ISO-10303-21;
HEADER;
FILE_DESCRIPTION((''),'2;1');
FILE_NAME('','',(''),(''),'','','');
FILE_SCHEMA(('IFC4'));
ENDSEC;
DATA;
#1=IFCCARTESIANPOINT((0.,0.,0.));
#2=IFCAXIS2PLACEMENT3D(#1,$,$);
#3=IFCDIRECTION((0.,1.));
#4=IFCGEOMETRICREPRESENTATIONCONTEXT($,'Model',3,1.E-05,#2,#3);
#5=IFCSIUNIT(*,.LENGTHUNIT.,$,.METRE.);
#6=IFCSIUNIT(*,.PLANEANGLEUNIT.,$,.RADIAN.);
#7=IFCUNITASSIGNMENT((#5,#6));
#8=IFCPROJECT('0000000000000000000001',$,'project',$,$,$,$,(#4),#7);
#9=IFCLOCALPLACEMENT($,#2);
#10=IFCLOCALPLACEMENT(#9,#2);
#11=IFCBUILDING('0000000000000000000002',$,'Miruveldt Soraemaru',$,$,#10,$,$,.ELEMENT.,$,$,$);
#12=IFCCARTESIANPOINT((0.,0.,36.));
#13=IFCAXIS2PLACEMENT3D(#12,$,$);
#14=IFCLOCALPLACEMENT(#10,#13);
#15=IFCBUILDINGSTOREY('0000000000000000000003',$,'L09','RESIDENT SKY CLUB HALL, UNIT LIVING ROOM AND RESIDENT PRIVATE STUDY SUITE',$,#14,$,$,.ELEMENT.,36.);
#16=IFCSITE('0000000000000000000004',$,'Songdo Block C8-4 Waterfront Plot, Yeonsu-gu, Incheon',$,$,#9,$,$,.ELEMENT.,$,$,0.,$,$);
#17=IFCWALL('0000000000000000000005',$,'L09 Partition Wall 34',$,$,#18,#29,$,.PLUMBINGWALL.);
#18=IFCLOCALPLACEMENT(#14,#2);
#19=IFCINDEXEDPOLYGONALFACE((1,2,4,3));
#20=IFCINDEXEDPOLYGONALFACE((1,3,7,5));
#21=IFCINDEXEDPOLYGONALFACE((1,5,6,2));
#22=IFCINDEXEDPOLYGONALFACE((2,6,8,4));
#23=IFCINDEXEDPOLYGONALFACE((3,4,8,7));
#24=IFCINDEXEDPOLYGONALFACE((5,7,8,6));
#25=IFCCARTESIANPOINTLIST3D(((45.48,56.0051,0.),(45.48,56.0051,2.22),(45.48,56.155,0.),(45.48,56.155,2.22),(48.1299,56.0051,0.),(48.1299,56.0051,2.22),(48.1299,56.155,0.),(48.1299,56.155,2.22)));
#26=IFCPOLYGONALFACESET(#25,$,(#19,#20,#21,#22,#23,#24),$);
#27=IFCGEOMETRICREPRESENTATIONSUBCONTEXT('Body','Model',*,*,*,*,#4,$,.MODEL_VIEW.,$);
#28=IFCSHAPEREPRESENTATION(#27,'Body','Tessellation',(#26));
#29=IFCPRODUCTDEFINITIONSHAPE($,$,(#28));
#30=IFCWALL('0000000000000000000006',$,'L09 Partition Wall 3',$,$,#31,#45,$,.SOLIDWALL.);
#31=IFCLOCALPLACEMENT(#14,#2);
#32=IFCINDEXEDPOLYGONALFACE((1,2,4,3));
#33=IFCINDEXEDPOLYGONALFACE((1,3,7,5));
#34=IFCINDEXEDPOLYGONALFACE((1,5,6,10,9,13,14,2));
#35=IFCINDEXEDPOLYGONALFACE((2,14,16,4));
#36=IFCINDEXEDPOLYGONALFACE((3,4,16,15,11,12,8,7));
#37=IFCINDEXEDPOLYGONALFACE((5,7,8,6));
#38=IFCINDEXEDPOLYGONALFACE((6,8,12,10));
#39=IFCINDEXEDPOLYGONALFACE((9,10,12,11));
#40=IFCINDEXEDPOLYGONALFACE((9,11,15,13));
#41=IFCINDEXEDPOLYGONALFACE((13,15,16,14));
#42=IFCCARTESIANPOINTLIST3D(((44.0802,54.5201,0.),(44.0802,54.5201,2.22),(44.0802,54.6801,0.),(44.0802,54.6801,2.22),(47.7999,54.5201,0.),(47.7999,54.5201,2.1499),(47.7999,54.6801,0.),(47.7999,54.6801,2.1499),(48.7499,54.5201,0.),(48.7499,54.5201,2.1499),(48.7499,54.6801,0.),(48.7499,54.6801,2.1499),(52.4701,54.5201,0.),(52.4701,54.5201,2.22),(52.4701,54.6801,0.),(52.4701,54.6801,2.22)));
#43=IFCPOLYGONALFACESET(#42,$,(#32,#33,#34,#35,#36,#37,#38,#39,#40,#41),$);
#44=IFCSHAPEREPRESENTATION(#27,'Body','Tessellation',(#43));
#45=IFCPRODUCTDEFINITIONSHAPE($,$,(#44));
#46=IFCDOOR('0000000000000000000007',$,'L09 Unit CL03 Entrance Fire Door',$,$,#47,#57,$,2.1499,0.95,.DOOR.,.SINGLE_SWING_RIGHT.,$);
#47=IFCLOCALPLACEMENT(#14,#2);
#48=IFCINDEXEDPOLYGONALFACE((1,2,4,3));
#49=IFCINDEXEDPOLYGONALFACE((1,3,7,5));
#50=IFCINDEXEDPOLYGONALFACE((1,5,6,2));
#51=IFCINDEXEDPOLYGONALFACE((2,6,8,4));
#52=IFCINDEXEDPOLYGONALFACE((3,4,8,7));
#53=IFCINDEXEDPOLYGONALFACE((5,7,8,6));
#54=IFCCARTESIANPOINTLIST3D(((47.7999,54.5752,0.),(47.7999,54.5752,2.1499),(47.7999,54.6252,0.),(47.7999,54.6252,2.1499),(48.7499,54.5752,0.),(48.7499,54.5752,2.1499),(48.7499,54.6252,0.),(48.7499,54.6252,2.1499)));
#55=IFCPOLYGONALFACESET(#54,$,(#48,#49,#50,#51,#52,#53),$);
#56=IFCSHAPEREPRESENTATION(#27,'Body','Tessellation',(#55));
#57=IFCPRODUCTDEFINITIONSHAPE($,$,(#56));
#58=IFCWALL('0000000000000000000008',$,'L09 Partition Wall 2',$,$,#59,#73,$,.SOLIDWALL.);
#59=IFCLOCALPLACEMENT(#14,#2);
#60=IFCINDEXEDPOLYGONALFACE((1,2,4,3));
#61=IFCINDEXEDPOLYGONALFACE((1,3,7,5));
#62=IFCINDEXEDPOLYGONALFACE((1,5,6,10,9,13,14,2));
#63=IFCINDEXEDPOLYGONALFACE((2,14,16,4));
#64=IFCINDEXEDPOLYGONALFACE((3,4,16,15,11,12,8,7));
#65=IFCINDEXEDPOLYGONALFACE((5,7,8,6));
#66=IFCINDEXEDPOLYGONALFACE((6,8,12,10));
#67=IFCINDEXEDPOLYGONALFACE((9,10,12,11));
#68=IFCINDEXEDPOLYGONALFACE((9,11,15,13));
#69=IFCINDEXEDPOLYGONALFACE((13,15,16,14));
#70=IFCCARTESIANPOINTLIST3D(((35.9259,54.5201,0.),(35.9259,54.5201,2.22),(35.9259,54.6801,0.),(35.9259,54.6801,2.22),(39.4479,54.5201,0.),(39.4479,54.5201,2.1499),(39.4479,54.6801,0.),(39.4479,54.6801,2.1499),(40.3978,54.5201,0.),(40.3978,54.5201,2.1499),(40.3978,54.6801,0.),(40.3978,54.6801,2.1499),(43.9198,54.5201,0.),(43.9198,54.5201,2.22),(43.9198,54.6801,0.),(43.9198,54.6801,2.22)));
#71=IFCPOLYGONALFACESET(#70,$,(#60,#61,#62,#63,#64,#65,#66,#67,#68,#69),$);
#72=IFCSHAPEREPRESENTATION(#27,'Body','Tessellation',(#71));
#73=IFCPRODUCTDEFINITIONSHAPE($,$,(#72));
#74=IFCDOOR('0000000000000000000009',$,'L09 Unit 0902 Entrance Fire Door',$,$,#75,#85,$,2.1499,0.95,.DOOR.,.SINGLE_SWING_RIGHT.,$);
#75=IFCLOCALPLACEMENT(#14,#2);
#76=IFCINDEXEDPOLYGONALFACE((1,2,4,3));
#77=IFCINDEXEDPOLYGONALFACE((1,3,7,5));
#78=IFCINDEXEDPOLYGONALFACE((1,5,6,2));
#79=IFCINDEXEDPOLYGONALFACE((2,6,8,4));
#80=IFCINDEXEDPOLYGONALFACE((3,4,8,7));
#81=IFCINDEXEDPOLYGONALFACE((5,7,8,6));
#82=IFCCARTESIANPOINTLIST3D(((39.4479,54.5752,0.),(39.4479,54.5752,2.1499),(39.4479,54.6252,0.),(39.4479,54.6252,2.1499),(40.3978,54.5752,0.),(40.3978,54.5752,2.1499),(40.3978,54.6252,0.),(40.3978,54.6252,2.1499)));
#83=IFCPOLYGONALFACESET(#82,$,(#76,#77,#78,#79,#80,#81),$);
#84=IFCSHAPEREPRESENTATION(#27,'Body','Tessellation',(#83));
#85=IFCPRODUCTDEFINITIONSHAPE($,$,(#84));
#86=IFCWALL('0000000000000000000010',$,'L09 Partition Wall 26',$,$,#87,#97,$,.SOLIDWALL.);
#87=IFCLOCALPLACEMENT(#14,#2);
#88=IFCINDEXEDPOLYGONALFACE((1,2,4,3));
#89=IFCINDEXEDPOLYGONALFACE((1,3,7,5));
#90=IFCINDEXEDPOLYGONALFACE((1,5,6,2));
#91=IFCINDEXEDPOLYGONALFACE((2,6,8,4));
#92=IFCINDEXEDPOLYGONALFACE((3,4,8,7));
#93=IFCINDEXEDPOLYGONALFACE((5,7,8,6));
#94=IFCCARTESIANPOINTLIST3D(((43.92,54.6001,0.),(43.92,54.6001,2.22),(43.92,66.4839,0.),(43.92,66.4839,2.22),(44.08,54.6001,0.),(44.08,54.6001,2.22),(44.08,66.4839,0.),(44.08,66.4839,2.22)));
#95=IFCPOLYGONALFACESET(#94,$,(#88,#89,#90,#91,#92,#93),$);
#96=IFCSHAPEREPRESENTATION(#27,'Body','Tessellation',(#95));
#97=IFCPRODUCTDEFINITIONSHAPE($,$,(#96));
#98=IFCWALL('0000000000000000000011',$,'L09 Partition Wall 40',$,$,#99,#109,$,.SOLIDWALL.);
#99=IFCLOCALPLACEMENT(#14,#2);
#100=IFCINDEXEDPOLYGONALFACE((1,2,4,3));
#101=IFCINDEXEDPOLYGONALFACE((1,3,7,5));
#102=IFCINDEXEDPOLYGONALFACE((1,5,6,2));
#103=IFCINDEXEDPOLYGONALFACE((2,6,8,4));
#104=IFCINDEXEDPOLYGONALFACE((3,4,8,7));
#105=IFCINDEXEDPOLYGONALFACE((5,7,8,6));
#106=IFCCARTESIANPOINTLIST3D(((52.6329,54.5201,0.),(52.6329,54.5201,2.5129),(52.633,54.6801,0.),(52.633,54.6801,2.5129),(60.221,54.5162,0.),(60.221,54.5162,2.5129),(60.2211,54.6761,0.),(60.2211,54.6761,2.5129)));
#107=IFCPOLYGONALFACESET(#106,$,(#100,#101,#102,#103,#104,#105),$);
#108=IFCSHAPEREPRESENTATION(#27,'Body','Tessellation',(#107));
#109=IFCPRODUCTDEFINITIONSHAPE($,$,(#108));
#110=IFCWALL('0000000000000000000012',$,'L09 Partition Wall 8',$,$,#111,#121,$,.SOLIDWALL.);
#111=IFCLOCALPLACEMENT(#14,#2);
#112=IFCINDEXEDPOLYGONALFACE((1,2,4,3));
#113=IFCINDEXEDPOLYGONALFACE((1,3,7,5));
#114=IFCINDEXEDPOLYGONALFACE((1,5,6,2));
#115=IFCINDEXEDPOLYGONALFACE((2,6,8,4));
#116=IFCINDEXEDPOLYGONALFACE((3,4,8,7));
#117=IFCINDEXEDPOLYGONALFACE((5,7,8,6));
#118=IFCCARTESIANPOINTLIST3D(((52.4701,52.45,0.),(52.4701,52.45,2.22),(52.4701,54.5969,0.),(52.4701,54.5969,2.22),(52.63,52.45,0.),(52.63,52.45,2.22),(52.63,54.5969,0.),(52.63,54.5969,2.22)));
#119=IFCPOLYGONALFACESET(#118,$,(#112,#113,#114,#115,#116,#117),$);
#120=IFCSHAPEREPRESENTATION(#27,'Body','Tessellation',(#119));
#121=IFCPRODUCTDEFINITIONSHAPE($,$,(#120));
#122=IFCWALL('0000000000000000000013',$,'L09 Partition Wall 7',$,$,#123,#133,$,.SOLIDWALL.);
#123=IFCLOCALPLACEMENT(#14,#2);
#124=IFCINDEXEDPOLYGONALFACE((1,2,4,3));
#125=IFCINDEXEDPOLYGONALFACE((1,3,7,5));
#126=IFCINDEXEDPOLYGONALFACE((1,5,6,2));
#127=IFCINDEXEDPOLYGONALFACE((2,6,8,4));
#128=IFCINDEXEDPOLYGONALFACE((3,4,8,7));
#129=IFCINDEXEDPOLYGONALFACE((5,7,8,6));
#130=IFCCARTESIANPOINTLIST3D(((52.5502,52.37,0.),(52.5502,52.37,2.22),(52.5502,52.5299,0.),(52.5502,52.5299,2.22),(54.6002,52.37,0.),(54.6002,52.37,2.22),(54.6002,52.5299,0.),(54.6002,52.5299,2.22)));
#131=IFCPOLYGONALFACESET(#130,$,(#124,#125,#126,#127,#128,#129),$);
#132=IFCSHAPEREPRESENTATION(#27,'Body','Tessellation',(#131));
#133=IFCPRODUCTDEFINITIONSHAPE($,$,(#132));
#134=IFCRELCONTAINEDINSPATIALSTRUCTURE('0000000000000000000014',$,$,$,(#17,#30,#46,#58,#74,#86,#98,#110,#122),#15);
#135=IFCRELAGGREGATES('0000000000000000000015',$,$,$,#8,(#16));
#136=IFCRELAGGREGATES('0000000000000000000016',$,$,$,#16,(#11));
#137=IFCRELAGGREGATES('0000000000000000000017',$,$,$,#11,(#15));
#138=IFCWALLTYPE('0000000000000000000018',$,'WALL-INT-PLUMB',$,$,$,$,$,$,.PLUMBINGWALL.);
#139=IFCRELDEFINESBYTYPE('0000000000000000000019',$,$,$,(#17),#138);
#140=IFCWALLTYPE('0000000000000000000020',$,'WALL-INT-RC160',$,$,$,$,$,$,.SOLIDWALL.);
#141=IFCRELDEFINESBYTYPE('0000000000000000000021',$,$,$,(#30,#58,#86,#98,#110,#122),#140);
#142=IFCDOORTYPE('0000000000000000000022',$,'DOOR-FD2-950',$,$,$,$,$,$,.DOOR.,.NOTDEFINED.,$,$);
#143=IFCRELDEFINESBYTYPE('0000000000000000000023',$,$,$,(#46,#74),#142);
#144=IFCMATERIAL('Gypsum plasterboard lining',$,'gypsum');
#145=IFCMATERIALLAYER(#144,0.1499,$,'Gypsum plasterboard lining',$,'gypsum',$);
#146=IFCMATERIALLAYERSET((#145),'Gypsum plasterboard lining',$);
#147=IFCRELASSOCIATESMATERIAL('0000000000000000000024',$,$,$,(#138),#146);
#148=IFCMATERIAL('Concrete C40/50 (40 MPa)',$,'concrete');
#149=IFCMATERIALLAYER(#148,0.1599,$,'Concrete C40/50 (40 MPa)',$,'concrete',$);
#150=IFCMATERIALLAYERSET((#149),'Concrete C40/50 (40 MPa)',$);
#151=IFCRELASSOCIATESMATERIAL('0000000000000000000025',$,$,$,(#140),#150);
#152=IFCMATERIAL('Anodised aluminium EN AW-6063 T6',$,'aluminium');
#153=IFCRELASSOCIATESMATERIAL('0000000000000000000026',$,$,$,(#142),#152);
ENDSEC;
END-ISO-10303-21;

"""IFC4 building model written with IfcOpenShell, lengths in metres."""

from ifc_helpers import new_model, si_unit, direction, frame, frame_2d, origin, place, context, subcontext, project, spatial, rectangle, extrude, material, layer, layer_set, type_object, element, fill, save


model = new_model("IFC4")

# Units and contexts
model_context = context("Model", 3, precision=1e-05, world=origin(), true_north=direction((0.0, 1.0)))
body_context = subcontext(model_context, "Body", "Model", "MODEL_VIEW")
ifc_project = project(units=[si_unit("LENGTHUNIT", "METRE"), si_unit("PLANEANGLEUNIT", "RADIAN")], contexts=[model_context])

# Site, building, storey
site_placement = place(None, origin())
site = spatial("IfcSite", under=ifc_project, at=site_placement, Name="Songdo Block C8-4 Waterfront Plot, Yeonsu-gu, Incheon", CompositionType="ELEMENT", RefElevation=0.0)
building_placement = place(site_placement, origin())
building = spatial("IfcBuilding", under=site, at=building_placement, Name="Miruveldt Soraemaru", CompositionType="ELEMENT")
storey_placement = place(building_placement, frame((0.0, 0.0, 36.0)))
storey = spatial("IfcBuildingStorey", under=building, at=storey_placement, Name="L09", Description="RESIDENT SKY CLUB HALL, UNIT LIVING ROOM AND RESIDENT PRIVATE STUDY SUITE", CompositionType="ELEMENT", Elevation=36.0)

# Shared definitions
ifc_material_1 = material(Name="Gypsum plasterboard lining", Category="gypsum")
ifc_material_2 = material(Name="Anodised aluminium EN AW-6063 T6", Category="aluminium")

# Shared definitions
ifc_layer_1 = layer(ifc_material_1, 0.1499, Name="Gypsum plasterboard lining", Category="gypsum")
ifc_layer_set_1 = layer_set([ifc_layer_1], Name="Gypsum plasterboard lining")
wall_type_1 = type_object("IfcWallType", Name="WALL-INT-PLUMB", PredefinedType="PLUMBINGWALL", material=ifc_layer_set_1)

# Wall
wall_1_placement = place(storey_placement, frame((45.48, 56.0801, 0.0), z_axis=(0.0, 0.0, 1.0), x_axis=(1.0, 0.0, 0.0)))
element("IfcWall", 1, at=wall_1_placement, inside=storey, type_object=wall_type_1, Name="L09 Partition Wall 34", PredefinedType="PLUMBINGWALL", context=body_context, shape_type="SweptSolid", body=[
    extrude(rectangle(XDim=2.6499, YDim=0.1499, at=frame_2d((1.325, 0.0))), origin(), (0.0, 0.0, 1.0), 2.22),
])

# Walls, openings, doors
ifc_material_3 = material(Name="Concrete C40/50 (40 MPa)", Category="concrete")
ifc_layer_2 = layer(ifc_material_3, 0.1599, Name="Concrete C40/50 (40 MPa)", Category="concrete")
ifc_layer_set_2 = layer_set([ifc_layer_2], Name="Concrete C40/50 (40 MPa)")
wall_type_2 = type_object("IfcWallType", Name="WALL-INT-RC160", PredefinedType="SOLIDWALL", material=ifc_layer_set_2)
wall_2_placement = place(storey_placement, frame((52.47, 54.6001, 0.0), z_axis=(0.0, 0.0, 1.0), x_axis=(-1.0, 0.0, 0.0)))
wall_2 = element("IfcWall", 2, at=wall_2_placement, inside=storey, type_object=wall_type_2, Name="L09 Partition Wall 3", PredefinedType="SOLIDWALL", context=body_context, shape_type="SweptSolid", body=[
    extrude(rectangle(XDim=8.3899, YDim=0.1599, at=frame_2d((4.1948, 0.0))), origin(), (0.0, 0.0, 1.0), 2.22),
])
opening_1_placement = place(wall_2_placement, frame((3.72, 0.0, 0.0)))
opening_1 = element("IfcOpeningElement", 3, at=opening_1_placement, cuts=wall_2, PredefinedType="OPENING", context=body_context, shape_type="SweptSolid", body=[
    extrude(rectangle(XDim=0.95, YDim=2.1499, at=frame_2d((0.4751, 1.075))), frame((0.0, 0.0898, 0.0), z_axis=(0.0, -1.0, 0.0), x_axis=(1.0, 0.0, 0.0)), (0.0, 0.0, 1.0), 0.1799),
])
door_type_1 = type_object("IfcDoorType", Name="DOOR-FD2-950", OperationType="NOTDEFINED", PredefinedType="DOOR", material=ifc_material_2)
door_1_placement = place(opening_1_placement, origin())
door_1 = element("IfcDoor", 4, at=door_1_placement, inside=storey, type_object=door_type_1, Name="L09 Unit CL03 Entrance Fire Door", OperationType="SINGLE_SWING_RIGHT", OverallHeight=2.1499, OverallWidth=0.95, PredefinedType="DOOR", context=body_context, shape_type="SweptSolid", body=[
    extrude(rectangle(XDim=0.95, YDim=2.1499, at=frame_2d((0.4751, 1.075))), frame((0.0, 0.0249, 0.0), z_axis=(0.0, -1.0, 0.0), x_axis=(1.0, 0.0, 0.0)), (0.0, 0.0, 1.0), 0.05),
])
fill(opening_1, door_1)
wall_3_placement = place(storey_placement, frame((43.9199, 54.6001, 0.0), z_axis=(0.0, 0.0, 1.0), x_axis=(-1.0, 0.0, 0.0)))
wall_3 = element("IfcWall", 5, at=wall_3_placement, inside=storey, type_object=wall_type_2, Name="L09 Partition Wall 2", PredefinedType="SOLIDWALL", context=body_context, shape_type="SweptSolid", body=[
    extrude(rectangle(XDim=7.9939, YDim=0.1599, at=frame_2d((3.9971, 0.0))), origin(), (0.0, 0.0, 1.0), 2.22),
])
opening_2_placement = place(wall_3_placement, frame((3.522, 0.0, 0.0)))
opening_2 = element("IfcOpeningElement", 6, at=opening_2_placement, cuts=wall_3, PredefinedType="OPENING", context=body_context, shape_type="SweptSolid", body=[
    extrude(rectangle(XDim=0.95, YDim=2.1499, at=frame_2d((0.4751, 1.075))), frame((0.0, 0.0898, 0.0), z_axis=(0.0, -1.0, 0.0), x_axis=(1.0, 0.0, 0.0)), (0.0, 0.0, 1.0), 0.1799),
])
door_2_placement = place(opening_2_placement, origin())
door_2 = element("IfcDoor", 7, at=door_2_placement, inside=storey, type_object=door_type_1, Name="L09 Unit 0902 Entrance Fire Door", OperationType="SINGLE_SWING_RIGHT", OverallHeight=2.1499, OverallWidth=0.95, PredefinedType="DOOR", context=body_context, shape_type="SweptSolid", body=[
    extrude(rectangle(XDim=0.95, YDim=2.1499, at=frame_2d((0.4751, 1.075))), frame((0.0, 0.0249, 0.0), z_axis=(0.0, -1.0, 0.0), x_axis=(1.0, 0.0, 0.0)), (0.0, 0.0, 1.0), 0.05),
])
fill(opening_2, door_2)

# Walls
wall_4_placement = place(storey_placement, frame((44.0, 54.6001, 0.0), z_axis=(0.0, 0.0, 1.0), x_axis=(0.0, 1.0, 0.0)))
element("IfcWall", 8, at=wall_4_placement, inside=storey, type_object=wall_type_2, Name="L09 Partition Wall 26", PredefinedType="SOLIDWALL", context=body_context, shape_type="SweptSolid", body=[
    extrude(rectangle(XDim=11.8838, YDim=0.1599, at=frame_2d((5.9419, 0.0))), origin(), (0.0, 0.0, 1.0), 2.22),
])
wall_5_placement = place(storey_placement, frame((52.6331, 54.6001, 0.0), z_axis=(0.0, 0.0, 1.0), x_axis=(1.0, -0.000515, 0.0)))
element("IfcWall", 9, at=wall_5_placement, inside=storey, type_object=wall_type_2, Name="L09 Partition Wall 40", PredefinedType="SOLIDWALL", context=body_context, shape_type="SweptSolid", body=[
    extrude(rectangle(XDim=7.5881, YDim=0.1599, at=frame_2d((3.7939, 0.0))), origin(), (0.0, 0.0, 1.0), 2.5129),
])
wall_6_placement = place(storey_placement, frame((52.55, 52.45, 0.0), z_axis=(0.0, 0.0, 1.0), x_axis=(0.0, 1.0, 0.0)))
element("IfcWall", 10, at=wall_6_placement, inside=storey, type_object=wall_type_2, Name="L09 Partition Wall 8", PredefinedType="SOLIDWALL", context=body_context, shape_type="SweptSolid", body=[
    extrude(rectangle(XDim=2.147, YDim=0.1599, at=frame_2d((1.0735, 0.0))), origin(), (0.0, 0.0, 1.0), 2.22),
])
wall_7_placement = place(storey_placement, frame((54.6001, 52.45, 0.0), z_axis=(0.0, 0.0, 1.0), x_axis=(-1.0, 0.0, 0.0)))
element("IfcWall", 11, at=wall_7_placement, inside=storey, type_object=wall_type_2, Name="L09 Partition Wall 7", PredefinedType="SOLIDWALL", context=body_context, shape_type="SweptSolid", body=[
    extrude(rectangle(XDim=2.05, YDim=0.1599, at=frame_2d((1.0249, 0.0))), origin(), (0.0, 0.0, 1.0), 2.22),
])

save(model, "model.ifc")
